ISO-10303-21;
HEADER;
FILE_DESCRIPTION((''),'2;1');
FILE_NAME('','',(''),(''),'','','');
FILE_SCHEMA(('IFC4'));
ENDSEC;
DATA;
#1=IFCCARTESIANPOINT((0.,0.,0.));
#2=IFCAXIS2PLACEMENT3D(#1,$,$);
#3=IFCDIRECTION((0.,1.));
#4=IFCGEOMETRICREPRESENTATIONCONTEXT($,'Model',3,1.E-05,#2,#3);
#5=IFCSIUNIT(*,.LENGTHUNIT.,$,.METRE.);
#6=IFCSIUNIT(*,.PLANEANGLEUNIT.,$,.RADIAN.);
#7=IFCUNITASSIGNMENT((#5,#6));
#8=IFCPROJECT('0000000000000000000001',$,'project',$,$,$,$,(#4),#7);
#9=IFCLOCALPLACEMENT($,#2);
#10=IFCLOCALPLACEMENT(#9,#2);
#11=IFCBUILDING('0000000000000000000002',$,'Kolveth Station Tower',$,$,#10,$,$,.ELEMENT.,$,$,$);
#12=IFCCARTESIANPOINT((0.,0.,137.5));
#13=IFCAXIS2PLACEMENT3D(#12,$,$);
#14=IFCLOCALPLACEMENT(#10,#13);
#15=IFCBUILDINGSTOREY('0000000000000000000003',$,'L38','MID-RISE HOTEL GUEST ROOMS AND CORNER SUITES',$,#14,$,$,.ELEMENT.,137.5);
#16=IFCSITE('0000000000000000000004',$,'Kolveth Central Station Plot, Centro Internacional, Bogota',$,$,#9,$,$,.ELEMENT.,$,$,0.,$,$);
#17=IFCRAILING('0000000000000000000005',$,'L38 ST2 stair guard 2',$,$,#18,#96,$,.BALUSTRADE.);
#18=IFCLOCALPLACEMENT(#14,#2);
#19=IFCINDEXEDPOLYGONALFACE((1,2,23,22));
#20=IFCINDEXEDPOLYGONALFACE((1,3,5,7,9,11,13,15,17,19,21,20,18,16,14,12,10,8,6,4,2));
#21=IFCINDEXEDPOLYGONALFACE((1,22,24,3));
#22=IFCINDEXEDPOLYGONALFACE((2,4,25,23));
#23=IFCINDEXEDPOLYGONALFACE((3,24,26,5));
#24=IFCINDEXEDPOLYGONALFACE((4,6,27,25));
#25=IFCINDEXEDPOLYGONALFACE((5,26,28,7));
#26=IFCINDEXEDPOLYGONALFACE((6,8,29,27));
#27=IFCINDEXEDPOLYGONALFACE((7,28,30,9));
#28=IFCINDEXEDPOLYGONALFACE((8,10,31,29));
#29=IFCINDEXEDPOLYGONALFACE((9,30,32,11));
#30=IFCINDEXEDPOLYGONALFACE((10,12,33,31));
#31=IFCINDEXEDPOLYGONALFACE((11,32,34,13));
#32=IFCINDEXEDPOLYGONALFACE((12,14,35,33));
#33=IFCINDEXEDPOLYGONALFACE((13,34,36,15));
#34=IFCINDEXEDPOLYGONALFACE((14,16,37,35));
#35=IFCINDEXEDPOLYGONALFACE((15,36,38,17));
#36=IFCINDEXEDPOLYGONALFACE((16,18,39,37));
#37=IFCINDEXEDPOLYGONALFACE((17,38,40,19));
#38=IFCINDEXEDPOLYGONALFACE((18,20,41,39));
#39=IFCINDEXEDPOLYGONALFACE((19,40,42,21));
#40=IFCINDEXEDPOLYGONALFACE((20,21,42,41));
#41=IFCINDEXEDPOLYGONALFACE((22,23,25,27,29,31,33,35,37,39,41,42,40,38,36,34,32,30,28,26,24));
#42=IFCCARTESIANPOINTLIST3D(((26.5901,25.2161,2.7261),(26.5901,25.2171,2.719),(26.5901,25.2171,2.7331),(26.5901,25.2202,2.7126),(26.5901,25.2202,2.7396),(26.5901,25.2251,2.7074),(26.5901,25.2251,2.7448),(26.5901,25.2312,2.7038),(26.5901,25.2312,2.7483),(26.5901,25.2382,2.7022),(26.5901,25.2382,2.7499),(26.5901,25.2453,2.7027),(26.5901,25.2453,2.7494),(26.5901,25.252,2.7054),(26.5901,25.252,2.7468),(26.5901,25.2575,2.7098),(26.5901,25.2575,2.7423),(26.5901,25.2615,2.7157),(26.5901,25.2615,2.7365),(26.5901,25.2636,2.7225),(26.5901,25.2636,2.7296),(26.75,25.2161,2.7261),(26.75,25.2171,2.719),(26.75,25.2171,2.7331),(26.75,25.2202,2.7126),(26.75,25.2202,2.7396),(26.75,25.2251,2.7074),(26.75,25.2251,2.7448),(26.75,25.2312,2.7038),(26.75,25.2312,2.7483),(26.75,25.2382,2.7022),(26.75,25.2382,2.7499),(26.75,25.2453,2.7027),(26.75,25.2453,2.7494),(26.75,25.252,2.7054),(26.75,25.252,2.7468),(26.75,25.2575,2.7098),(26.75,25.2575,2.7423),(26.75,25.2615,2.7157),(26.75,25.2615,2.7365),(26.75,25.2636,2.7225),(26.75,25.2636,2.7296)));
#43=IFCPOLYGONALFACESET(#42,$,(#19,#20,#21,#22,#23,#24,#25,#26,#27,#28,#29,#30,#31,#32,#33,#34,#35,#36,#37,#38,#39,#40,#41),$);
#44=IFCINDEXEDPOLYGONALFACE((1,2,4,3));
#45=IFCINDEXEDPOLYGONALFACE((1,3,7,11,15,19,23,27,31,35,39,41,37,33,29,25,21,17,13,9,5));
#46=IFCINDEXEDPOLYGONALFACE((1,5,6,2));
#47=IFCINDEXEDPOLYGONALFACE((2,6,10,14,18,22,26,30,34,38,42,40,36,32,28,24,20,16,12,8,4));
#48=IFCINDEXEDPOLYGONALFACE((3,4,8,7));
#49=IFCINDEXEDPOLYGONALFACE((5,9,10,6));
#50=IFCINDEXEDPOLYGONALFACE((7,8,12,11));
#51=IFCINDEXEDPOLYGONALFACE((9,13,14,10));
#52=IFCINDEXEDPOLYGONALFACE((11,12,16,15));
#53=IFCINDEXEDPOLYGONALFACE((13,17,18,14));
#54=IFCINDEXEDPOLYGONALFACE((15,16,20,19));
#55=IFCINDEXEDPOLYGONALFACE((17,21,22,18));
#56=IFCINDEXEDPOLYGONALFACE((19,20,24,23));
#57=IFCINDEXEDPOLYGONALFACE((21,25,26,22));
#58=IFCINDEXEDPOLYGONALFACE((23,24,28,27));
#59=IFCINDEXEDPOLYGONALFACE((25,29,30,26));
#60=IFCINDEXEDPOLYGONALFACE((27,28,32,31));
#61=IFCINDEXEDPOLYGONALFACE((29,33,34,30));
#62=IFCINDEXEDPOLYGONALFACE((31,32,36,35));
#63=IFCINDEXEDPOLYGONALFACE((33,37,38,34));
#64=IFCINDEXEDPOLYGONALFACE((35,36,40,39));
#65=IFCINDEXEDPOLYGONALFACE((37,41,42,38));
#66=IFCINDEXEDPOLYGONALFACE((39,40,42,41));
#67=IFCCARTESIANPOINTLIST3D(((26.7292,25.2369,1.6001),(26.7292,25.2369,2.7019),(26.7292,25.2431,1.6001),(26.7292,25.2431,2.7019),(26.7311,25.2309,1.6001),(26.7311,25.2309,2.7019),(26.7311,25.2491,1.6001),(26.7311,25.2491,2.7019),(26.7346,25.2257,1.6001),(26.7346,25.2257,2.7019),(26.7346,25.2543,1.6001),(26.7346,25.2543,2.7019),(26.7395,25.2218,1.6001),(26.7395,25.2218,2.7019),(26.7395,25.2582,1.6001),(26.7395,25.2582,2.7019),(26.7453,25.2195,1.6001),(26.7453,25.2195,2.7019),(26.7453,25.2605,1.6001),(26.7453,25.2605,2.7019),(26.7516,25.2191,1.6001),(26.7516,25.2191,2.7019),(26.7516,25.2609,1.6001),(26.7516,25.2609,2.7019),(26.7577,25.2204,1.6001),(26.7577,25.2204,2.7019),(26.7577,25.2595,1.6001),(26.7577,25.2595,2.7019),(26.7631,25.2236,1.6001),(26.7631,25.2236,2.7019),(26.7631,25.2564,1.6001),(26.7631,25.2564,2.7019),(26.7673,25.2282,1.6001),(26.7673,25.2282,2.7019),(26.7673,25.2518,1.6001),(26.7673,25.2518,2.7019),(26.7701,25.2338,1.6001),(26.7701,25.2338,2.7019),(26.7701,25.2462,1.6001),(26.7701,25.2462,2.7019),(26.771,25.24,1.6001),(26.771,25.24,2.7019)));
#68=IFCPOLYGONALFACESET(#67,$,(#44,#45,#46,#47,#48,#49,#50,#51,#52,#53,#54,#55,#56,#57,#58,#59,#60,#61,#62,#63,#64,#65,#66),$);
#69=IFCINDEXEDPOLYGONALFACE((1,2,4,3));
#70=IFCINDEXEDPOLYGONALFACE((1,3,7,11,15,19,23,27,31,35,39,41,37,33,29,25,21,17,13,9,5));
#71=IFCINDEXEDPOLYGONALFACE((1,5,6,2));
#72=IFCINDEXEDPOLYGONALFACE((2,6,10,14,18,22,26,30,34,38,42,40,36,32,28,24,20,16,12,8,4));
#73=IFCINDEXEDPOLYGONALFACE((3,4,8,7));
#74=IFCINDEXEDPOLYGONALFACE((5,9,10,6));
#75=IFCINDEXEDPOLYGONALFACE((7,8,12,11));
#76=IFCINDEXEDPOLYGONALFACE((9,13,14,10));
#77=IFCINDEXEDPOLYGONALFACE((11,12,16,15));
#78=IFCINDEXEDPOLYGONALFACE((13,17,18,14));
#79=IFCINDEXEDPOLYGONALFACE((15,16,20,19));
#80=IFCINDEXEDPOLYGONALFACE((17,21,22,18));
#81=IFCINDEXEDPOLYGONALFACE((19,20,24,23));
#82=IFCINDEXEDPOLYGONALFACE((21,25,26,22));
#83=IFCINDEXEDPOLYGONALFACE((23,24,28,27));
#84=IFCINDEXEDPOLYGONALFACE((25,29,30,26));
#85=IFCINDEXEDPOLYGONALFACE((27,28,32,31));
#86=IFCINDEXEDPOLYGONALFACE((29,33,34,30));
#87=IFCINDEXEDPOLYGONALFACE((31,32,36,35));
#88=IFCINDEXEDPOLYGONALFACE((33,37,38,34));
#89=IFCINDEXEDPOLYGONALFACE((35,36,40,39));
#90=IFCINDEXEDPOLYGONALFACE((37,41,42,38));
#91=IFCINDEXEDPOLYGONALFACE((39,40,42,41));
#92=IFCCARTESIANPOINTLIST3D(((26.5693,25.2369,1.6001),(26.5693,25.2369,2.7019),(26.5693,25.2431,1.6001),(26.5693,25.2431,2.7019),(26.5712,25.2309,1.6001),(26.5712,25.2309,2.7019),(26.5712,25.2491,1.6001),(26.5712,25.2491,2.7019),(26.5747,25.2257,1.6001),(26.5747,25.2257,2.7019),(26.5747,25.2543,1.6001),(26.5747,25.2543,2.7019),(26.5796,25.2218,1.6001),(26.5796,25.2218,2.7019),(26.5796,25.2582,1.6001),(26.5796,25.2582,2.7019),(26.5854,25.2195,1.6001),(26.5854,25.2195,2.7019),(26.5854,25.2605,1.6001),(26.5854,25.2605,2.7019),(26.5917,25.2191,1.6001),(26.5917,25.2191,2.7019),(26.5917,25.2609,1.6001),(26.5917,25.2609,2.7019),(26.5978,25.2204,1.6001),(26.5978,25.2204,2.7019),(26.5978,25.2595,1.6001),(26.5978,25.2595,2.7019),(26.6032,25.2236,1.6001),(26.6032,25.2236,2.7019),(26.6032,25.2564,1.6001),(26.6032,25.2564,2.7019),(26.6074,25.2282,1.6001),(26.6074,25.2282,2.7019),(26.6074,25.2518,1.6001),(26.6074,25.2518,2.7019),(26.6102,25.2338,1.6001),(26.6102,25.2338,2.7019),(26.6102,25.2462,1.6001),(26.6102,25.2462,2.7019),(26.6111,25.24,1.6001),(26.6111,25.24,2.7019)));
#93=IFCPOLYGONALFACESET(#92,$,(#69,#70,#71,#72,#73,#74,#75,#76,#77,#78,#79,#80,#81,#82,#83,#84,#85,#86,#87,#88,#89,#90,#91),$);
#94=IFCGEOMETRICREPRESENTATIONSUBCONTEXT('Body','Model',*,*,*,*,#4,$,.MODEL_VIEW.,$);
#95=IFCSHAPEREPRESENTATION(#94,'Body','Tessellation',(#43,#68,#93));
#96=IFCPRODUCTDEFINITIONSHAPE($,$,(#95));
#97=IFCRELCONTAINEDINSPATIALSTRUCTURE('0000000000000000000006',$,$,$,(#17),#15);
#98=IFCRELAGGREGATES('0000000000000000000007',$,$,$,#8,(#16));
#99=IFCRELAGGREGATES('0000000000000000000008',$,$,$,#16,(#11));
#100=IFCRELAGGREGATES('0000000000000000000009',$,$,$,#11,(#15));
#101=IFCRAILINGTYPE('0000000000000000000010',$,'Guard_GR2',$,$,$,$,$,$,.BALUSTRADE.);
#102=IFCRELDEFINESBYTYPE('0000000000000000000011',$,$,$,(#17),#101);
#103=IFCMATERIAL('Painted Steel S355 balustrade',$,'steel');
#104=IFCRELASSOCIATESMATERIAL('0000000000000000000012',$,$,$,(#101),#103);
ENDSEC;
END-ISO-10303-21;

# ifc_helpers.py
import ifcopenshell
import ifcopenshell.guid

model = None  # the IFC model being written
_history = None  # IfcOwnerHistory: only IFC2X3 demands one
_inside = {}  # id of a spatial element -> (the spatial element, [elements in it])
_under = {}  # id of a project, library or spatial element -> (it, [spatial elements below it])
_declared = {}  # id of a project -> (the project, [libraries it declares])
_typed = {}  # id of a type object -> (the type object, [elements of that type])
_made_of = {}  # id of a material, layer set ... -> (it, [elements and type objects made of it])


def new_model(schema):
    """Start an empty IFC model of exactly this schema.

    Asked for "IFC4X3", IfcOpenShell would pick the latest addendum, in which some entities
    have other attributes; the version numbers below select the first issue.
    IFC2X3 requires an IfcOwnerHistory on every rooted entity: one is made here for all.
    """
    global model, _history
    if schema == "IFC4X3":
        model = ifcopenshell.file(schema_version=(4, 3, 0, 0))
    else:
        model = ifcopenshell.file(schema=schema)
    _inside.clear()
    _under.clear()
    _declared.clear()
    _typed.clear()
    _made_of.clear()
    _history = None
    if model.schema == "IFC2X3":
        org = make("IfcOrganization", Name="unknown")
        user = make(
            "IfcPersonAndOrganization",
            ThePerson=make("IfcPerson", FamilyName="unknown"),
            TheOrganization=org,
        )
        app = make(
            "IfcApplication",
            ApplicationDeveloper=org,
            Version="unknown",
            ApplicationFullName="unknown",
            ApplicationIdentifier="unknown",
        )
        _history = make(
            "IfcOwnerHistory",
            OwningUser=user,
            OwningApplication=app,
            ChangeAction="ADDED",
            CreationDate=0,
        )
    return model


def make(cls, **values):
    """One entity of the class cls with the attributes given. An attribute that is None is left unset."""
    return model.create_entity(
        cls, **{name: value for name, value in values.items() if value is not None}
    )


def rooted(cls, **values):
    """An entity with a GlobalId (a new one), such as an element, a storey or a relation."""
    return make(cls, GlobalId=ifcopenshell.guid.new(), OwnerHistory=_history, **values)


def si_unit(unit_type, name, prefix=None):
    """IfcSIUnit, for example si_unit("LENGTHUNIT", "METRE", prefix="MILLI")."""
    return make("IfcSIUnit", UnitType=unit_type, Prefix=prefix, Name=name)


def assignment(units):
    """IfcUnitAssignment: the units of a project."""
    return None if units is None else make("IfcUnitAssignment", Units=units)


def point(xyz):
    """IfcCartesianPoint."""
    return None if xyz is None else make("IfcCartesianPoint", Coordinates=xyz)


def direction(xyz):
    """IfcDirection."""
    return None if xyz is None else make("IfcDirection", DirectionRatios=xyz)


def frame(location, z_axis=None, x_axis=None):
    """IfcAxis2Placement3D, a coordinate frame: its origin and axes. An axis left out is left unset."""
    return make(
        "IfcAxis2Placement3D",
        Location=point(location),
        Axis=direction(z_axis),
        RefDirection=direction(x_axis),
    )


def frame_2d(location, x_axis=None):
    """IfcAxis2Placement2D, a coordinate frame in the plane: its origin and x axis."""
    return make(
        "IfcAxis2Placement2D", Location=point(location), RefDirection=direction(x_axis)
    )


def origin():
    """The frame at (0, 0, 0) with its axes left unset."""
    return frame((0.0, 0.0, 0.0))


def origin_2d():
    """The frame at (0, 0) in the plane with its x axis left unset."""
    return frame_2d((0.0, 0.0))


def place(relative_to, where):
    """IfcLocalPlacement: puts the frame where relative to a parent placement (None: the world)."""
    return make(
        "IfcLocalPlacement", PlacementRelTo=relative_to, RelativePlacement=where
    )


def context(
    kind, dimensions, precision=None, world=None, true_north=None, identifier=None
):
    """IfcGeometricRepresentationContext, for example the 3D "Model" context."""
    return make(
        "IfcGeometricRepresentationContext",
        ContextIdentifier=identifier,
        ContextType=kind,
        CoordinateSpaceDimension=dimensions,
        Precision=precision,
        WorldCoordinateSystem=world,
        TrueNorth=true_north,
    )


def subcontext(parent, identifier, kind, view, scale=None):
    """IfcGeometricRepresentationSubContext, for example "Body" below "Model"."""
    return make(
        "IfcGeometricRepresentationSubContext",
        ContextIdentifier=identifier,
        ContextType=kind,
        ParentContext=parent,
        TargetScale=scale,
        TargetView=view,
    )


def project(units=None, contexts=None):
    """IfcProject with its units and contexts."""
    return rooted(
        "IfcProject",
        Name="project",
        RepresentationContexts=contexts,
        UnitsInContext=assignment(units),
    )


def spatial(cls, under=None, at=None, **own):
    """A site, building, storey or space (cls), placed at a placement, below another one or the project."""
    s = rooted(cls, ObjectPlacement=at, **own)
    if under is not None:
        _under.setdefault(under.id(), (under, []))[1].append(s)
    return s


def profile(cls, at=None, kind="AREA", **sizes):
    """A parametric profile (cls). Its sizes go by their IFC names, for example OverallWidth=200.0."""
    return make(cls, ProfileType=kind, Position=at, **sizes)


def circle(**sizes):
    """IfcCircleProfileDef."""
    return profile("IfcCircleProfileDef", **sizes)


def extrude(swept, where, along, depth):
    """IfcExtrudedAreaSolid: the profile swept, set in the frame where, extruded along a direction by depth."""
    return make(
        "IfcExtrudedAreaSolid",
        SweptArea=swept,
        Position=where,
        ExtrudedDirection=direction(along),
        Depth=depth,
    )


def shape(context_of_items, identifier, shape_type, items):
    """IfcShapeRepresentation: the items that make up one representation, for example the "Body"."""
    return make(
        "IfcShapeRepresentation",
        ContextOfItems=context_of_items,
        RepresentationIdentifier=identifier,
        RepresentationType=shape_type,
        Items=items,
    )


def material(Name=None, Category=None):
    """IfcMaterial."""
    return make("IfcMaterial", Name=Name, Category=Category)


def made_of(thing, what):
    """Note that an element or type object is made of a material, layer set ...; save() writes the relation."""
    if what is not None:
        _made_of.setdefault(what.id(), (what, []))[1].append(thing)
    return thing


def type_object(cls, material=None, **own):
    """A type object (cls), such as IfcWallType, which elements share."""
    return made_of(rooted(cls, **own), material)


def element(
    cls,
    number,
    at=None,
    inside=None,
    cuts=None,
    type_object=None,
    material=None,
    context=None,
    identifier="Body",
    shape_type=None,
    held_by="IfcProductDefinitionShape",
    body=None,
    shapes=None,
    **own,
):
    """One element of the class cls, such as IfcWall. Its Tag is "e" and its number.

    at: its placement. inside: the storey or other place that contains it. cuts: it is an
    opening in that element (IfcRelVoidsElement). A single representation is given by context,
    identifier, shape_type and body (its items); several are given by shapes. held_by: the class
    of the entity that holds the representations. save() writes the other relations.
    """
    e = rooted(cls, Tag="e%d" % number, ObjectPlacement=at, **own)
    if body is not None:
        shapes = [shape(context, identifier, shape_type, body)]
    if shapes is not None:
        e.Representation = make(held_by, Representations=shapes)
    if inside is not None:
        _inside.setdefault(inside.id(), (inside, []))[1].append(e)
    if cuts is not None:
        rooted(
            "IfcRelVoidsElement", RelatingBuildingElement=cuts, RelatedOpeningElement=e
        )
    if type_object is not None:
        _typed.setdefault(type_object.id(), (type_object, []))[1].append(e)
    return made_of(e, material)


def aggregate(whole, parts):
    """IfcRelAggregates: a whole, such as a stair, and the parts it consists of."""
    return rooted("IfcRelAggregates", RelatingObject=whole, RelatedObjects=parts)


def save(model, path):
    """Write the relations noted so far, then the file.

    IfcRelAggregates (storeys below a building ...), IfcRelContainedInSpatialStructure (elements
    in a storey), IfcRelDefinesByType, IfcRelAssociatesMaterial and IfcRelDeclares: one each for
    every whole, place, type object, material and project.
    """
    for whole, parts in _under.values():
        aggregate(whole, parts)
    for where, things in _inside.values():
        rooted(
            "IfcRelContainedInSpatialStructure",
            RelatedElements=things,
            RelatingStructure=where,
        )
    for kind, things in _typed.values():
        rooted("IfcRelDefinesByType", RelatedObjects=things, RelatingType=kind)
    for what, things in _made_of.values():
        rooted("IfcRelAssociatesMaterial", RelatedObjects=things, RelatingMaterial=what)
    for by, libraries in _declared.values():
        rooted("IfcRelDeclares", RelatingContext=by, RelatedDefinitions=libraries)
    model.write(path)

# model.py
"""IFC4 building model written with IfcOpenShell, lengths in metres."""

from ifc_helpers import new_model, si_unit, direction, frame, origin, origin_2d, place, context, subcontext, project, spatial, circle, extrude, material, type_object, element, save


model = new_model("IFC4")

# Units and contexts
model_context = context("Model", 3, precision=1e-05, world=origin(), true_north=direction((0.0, 1.0)))
body_context = subcontext(model_context, "Body", "Model", "MODEL_VIEW")
ifc_project = project(units=[si_unit("LENGTHUNIT", "METRE"), si_unit("PLANEANGLEUNIT", "RADIAN")], contexts=[model_context])

# Site, building, storey
site_placement = place(None, origin())
site = spatial("IfcSite", under=ifc_project, at=site_placement, Name="Kolveth Central Station Plot, Centro Internacional, Bogota", CompositionType="ELEMENT", RefElevation=0.0)
building_placement = place(site_placement, origin())
building = spatial("IfcBuilding", under=site, at=building_placement, Name="Kolveth Station Tower", CompositionType="ELEMENT")
storey_placement = place(building_placement, frame((0.0, 0.0, 137.5)))
storey = spatial("IfcBuildingStorey", under=building, at=storey_placement, Name="L38", Description="MID-RISE HOTEL GUEST ROOMS AND CORNER SUITES", CompositionType="ELEMENT", Elevation=137.5)

# Railing
ifc_material_1 = material(Name="Painted Steel S355 balustrade", Category="steel")
railing_type_1 = type_object("IfcRailingType", Name="Guard_GR2", PredefinedType="BALUSTRADE", material=ifc_material_1)
railing_1_placement = place(storey_placement, frame((26.75, 25.24, 1.6001)))
element("IfcRailing", 1, at=railing_1_placement, inside=storey, type_object=railing_type_1, Name="L38 ST2 stair guard 2", PredefinedType="BALUSTRADE", context=body_context, shape_type="SweptSolid", body=[
    extrude(circle(Radius=0.0239, at=origin_2d()), frame((0.0, 0.0, 1.126), z_axis=(-1.0, 0.0, 0.0), x_axis=(0.0, -1.0, 0.0)), (0.0, 0.0, 1.0), 0.1599),
    extrude(circle(Radius=0.021, at=origin_2d()), origin(), (0.0, 0.0, 1.0), 1.1018),
    extrude(circle(Radius=0.021, at=origin_2d()), frame((-0.1599, 0.0, 0.0)), (0.0, 0.0, 1.0), 1.1018),
])

save(model, "model.ifc")
